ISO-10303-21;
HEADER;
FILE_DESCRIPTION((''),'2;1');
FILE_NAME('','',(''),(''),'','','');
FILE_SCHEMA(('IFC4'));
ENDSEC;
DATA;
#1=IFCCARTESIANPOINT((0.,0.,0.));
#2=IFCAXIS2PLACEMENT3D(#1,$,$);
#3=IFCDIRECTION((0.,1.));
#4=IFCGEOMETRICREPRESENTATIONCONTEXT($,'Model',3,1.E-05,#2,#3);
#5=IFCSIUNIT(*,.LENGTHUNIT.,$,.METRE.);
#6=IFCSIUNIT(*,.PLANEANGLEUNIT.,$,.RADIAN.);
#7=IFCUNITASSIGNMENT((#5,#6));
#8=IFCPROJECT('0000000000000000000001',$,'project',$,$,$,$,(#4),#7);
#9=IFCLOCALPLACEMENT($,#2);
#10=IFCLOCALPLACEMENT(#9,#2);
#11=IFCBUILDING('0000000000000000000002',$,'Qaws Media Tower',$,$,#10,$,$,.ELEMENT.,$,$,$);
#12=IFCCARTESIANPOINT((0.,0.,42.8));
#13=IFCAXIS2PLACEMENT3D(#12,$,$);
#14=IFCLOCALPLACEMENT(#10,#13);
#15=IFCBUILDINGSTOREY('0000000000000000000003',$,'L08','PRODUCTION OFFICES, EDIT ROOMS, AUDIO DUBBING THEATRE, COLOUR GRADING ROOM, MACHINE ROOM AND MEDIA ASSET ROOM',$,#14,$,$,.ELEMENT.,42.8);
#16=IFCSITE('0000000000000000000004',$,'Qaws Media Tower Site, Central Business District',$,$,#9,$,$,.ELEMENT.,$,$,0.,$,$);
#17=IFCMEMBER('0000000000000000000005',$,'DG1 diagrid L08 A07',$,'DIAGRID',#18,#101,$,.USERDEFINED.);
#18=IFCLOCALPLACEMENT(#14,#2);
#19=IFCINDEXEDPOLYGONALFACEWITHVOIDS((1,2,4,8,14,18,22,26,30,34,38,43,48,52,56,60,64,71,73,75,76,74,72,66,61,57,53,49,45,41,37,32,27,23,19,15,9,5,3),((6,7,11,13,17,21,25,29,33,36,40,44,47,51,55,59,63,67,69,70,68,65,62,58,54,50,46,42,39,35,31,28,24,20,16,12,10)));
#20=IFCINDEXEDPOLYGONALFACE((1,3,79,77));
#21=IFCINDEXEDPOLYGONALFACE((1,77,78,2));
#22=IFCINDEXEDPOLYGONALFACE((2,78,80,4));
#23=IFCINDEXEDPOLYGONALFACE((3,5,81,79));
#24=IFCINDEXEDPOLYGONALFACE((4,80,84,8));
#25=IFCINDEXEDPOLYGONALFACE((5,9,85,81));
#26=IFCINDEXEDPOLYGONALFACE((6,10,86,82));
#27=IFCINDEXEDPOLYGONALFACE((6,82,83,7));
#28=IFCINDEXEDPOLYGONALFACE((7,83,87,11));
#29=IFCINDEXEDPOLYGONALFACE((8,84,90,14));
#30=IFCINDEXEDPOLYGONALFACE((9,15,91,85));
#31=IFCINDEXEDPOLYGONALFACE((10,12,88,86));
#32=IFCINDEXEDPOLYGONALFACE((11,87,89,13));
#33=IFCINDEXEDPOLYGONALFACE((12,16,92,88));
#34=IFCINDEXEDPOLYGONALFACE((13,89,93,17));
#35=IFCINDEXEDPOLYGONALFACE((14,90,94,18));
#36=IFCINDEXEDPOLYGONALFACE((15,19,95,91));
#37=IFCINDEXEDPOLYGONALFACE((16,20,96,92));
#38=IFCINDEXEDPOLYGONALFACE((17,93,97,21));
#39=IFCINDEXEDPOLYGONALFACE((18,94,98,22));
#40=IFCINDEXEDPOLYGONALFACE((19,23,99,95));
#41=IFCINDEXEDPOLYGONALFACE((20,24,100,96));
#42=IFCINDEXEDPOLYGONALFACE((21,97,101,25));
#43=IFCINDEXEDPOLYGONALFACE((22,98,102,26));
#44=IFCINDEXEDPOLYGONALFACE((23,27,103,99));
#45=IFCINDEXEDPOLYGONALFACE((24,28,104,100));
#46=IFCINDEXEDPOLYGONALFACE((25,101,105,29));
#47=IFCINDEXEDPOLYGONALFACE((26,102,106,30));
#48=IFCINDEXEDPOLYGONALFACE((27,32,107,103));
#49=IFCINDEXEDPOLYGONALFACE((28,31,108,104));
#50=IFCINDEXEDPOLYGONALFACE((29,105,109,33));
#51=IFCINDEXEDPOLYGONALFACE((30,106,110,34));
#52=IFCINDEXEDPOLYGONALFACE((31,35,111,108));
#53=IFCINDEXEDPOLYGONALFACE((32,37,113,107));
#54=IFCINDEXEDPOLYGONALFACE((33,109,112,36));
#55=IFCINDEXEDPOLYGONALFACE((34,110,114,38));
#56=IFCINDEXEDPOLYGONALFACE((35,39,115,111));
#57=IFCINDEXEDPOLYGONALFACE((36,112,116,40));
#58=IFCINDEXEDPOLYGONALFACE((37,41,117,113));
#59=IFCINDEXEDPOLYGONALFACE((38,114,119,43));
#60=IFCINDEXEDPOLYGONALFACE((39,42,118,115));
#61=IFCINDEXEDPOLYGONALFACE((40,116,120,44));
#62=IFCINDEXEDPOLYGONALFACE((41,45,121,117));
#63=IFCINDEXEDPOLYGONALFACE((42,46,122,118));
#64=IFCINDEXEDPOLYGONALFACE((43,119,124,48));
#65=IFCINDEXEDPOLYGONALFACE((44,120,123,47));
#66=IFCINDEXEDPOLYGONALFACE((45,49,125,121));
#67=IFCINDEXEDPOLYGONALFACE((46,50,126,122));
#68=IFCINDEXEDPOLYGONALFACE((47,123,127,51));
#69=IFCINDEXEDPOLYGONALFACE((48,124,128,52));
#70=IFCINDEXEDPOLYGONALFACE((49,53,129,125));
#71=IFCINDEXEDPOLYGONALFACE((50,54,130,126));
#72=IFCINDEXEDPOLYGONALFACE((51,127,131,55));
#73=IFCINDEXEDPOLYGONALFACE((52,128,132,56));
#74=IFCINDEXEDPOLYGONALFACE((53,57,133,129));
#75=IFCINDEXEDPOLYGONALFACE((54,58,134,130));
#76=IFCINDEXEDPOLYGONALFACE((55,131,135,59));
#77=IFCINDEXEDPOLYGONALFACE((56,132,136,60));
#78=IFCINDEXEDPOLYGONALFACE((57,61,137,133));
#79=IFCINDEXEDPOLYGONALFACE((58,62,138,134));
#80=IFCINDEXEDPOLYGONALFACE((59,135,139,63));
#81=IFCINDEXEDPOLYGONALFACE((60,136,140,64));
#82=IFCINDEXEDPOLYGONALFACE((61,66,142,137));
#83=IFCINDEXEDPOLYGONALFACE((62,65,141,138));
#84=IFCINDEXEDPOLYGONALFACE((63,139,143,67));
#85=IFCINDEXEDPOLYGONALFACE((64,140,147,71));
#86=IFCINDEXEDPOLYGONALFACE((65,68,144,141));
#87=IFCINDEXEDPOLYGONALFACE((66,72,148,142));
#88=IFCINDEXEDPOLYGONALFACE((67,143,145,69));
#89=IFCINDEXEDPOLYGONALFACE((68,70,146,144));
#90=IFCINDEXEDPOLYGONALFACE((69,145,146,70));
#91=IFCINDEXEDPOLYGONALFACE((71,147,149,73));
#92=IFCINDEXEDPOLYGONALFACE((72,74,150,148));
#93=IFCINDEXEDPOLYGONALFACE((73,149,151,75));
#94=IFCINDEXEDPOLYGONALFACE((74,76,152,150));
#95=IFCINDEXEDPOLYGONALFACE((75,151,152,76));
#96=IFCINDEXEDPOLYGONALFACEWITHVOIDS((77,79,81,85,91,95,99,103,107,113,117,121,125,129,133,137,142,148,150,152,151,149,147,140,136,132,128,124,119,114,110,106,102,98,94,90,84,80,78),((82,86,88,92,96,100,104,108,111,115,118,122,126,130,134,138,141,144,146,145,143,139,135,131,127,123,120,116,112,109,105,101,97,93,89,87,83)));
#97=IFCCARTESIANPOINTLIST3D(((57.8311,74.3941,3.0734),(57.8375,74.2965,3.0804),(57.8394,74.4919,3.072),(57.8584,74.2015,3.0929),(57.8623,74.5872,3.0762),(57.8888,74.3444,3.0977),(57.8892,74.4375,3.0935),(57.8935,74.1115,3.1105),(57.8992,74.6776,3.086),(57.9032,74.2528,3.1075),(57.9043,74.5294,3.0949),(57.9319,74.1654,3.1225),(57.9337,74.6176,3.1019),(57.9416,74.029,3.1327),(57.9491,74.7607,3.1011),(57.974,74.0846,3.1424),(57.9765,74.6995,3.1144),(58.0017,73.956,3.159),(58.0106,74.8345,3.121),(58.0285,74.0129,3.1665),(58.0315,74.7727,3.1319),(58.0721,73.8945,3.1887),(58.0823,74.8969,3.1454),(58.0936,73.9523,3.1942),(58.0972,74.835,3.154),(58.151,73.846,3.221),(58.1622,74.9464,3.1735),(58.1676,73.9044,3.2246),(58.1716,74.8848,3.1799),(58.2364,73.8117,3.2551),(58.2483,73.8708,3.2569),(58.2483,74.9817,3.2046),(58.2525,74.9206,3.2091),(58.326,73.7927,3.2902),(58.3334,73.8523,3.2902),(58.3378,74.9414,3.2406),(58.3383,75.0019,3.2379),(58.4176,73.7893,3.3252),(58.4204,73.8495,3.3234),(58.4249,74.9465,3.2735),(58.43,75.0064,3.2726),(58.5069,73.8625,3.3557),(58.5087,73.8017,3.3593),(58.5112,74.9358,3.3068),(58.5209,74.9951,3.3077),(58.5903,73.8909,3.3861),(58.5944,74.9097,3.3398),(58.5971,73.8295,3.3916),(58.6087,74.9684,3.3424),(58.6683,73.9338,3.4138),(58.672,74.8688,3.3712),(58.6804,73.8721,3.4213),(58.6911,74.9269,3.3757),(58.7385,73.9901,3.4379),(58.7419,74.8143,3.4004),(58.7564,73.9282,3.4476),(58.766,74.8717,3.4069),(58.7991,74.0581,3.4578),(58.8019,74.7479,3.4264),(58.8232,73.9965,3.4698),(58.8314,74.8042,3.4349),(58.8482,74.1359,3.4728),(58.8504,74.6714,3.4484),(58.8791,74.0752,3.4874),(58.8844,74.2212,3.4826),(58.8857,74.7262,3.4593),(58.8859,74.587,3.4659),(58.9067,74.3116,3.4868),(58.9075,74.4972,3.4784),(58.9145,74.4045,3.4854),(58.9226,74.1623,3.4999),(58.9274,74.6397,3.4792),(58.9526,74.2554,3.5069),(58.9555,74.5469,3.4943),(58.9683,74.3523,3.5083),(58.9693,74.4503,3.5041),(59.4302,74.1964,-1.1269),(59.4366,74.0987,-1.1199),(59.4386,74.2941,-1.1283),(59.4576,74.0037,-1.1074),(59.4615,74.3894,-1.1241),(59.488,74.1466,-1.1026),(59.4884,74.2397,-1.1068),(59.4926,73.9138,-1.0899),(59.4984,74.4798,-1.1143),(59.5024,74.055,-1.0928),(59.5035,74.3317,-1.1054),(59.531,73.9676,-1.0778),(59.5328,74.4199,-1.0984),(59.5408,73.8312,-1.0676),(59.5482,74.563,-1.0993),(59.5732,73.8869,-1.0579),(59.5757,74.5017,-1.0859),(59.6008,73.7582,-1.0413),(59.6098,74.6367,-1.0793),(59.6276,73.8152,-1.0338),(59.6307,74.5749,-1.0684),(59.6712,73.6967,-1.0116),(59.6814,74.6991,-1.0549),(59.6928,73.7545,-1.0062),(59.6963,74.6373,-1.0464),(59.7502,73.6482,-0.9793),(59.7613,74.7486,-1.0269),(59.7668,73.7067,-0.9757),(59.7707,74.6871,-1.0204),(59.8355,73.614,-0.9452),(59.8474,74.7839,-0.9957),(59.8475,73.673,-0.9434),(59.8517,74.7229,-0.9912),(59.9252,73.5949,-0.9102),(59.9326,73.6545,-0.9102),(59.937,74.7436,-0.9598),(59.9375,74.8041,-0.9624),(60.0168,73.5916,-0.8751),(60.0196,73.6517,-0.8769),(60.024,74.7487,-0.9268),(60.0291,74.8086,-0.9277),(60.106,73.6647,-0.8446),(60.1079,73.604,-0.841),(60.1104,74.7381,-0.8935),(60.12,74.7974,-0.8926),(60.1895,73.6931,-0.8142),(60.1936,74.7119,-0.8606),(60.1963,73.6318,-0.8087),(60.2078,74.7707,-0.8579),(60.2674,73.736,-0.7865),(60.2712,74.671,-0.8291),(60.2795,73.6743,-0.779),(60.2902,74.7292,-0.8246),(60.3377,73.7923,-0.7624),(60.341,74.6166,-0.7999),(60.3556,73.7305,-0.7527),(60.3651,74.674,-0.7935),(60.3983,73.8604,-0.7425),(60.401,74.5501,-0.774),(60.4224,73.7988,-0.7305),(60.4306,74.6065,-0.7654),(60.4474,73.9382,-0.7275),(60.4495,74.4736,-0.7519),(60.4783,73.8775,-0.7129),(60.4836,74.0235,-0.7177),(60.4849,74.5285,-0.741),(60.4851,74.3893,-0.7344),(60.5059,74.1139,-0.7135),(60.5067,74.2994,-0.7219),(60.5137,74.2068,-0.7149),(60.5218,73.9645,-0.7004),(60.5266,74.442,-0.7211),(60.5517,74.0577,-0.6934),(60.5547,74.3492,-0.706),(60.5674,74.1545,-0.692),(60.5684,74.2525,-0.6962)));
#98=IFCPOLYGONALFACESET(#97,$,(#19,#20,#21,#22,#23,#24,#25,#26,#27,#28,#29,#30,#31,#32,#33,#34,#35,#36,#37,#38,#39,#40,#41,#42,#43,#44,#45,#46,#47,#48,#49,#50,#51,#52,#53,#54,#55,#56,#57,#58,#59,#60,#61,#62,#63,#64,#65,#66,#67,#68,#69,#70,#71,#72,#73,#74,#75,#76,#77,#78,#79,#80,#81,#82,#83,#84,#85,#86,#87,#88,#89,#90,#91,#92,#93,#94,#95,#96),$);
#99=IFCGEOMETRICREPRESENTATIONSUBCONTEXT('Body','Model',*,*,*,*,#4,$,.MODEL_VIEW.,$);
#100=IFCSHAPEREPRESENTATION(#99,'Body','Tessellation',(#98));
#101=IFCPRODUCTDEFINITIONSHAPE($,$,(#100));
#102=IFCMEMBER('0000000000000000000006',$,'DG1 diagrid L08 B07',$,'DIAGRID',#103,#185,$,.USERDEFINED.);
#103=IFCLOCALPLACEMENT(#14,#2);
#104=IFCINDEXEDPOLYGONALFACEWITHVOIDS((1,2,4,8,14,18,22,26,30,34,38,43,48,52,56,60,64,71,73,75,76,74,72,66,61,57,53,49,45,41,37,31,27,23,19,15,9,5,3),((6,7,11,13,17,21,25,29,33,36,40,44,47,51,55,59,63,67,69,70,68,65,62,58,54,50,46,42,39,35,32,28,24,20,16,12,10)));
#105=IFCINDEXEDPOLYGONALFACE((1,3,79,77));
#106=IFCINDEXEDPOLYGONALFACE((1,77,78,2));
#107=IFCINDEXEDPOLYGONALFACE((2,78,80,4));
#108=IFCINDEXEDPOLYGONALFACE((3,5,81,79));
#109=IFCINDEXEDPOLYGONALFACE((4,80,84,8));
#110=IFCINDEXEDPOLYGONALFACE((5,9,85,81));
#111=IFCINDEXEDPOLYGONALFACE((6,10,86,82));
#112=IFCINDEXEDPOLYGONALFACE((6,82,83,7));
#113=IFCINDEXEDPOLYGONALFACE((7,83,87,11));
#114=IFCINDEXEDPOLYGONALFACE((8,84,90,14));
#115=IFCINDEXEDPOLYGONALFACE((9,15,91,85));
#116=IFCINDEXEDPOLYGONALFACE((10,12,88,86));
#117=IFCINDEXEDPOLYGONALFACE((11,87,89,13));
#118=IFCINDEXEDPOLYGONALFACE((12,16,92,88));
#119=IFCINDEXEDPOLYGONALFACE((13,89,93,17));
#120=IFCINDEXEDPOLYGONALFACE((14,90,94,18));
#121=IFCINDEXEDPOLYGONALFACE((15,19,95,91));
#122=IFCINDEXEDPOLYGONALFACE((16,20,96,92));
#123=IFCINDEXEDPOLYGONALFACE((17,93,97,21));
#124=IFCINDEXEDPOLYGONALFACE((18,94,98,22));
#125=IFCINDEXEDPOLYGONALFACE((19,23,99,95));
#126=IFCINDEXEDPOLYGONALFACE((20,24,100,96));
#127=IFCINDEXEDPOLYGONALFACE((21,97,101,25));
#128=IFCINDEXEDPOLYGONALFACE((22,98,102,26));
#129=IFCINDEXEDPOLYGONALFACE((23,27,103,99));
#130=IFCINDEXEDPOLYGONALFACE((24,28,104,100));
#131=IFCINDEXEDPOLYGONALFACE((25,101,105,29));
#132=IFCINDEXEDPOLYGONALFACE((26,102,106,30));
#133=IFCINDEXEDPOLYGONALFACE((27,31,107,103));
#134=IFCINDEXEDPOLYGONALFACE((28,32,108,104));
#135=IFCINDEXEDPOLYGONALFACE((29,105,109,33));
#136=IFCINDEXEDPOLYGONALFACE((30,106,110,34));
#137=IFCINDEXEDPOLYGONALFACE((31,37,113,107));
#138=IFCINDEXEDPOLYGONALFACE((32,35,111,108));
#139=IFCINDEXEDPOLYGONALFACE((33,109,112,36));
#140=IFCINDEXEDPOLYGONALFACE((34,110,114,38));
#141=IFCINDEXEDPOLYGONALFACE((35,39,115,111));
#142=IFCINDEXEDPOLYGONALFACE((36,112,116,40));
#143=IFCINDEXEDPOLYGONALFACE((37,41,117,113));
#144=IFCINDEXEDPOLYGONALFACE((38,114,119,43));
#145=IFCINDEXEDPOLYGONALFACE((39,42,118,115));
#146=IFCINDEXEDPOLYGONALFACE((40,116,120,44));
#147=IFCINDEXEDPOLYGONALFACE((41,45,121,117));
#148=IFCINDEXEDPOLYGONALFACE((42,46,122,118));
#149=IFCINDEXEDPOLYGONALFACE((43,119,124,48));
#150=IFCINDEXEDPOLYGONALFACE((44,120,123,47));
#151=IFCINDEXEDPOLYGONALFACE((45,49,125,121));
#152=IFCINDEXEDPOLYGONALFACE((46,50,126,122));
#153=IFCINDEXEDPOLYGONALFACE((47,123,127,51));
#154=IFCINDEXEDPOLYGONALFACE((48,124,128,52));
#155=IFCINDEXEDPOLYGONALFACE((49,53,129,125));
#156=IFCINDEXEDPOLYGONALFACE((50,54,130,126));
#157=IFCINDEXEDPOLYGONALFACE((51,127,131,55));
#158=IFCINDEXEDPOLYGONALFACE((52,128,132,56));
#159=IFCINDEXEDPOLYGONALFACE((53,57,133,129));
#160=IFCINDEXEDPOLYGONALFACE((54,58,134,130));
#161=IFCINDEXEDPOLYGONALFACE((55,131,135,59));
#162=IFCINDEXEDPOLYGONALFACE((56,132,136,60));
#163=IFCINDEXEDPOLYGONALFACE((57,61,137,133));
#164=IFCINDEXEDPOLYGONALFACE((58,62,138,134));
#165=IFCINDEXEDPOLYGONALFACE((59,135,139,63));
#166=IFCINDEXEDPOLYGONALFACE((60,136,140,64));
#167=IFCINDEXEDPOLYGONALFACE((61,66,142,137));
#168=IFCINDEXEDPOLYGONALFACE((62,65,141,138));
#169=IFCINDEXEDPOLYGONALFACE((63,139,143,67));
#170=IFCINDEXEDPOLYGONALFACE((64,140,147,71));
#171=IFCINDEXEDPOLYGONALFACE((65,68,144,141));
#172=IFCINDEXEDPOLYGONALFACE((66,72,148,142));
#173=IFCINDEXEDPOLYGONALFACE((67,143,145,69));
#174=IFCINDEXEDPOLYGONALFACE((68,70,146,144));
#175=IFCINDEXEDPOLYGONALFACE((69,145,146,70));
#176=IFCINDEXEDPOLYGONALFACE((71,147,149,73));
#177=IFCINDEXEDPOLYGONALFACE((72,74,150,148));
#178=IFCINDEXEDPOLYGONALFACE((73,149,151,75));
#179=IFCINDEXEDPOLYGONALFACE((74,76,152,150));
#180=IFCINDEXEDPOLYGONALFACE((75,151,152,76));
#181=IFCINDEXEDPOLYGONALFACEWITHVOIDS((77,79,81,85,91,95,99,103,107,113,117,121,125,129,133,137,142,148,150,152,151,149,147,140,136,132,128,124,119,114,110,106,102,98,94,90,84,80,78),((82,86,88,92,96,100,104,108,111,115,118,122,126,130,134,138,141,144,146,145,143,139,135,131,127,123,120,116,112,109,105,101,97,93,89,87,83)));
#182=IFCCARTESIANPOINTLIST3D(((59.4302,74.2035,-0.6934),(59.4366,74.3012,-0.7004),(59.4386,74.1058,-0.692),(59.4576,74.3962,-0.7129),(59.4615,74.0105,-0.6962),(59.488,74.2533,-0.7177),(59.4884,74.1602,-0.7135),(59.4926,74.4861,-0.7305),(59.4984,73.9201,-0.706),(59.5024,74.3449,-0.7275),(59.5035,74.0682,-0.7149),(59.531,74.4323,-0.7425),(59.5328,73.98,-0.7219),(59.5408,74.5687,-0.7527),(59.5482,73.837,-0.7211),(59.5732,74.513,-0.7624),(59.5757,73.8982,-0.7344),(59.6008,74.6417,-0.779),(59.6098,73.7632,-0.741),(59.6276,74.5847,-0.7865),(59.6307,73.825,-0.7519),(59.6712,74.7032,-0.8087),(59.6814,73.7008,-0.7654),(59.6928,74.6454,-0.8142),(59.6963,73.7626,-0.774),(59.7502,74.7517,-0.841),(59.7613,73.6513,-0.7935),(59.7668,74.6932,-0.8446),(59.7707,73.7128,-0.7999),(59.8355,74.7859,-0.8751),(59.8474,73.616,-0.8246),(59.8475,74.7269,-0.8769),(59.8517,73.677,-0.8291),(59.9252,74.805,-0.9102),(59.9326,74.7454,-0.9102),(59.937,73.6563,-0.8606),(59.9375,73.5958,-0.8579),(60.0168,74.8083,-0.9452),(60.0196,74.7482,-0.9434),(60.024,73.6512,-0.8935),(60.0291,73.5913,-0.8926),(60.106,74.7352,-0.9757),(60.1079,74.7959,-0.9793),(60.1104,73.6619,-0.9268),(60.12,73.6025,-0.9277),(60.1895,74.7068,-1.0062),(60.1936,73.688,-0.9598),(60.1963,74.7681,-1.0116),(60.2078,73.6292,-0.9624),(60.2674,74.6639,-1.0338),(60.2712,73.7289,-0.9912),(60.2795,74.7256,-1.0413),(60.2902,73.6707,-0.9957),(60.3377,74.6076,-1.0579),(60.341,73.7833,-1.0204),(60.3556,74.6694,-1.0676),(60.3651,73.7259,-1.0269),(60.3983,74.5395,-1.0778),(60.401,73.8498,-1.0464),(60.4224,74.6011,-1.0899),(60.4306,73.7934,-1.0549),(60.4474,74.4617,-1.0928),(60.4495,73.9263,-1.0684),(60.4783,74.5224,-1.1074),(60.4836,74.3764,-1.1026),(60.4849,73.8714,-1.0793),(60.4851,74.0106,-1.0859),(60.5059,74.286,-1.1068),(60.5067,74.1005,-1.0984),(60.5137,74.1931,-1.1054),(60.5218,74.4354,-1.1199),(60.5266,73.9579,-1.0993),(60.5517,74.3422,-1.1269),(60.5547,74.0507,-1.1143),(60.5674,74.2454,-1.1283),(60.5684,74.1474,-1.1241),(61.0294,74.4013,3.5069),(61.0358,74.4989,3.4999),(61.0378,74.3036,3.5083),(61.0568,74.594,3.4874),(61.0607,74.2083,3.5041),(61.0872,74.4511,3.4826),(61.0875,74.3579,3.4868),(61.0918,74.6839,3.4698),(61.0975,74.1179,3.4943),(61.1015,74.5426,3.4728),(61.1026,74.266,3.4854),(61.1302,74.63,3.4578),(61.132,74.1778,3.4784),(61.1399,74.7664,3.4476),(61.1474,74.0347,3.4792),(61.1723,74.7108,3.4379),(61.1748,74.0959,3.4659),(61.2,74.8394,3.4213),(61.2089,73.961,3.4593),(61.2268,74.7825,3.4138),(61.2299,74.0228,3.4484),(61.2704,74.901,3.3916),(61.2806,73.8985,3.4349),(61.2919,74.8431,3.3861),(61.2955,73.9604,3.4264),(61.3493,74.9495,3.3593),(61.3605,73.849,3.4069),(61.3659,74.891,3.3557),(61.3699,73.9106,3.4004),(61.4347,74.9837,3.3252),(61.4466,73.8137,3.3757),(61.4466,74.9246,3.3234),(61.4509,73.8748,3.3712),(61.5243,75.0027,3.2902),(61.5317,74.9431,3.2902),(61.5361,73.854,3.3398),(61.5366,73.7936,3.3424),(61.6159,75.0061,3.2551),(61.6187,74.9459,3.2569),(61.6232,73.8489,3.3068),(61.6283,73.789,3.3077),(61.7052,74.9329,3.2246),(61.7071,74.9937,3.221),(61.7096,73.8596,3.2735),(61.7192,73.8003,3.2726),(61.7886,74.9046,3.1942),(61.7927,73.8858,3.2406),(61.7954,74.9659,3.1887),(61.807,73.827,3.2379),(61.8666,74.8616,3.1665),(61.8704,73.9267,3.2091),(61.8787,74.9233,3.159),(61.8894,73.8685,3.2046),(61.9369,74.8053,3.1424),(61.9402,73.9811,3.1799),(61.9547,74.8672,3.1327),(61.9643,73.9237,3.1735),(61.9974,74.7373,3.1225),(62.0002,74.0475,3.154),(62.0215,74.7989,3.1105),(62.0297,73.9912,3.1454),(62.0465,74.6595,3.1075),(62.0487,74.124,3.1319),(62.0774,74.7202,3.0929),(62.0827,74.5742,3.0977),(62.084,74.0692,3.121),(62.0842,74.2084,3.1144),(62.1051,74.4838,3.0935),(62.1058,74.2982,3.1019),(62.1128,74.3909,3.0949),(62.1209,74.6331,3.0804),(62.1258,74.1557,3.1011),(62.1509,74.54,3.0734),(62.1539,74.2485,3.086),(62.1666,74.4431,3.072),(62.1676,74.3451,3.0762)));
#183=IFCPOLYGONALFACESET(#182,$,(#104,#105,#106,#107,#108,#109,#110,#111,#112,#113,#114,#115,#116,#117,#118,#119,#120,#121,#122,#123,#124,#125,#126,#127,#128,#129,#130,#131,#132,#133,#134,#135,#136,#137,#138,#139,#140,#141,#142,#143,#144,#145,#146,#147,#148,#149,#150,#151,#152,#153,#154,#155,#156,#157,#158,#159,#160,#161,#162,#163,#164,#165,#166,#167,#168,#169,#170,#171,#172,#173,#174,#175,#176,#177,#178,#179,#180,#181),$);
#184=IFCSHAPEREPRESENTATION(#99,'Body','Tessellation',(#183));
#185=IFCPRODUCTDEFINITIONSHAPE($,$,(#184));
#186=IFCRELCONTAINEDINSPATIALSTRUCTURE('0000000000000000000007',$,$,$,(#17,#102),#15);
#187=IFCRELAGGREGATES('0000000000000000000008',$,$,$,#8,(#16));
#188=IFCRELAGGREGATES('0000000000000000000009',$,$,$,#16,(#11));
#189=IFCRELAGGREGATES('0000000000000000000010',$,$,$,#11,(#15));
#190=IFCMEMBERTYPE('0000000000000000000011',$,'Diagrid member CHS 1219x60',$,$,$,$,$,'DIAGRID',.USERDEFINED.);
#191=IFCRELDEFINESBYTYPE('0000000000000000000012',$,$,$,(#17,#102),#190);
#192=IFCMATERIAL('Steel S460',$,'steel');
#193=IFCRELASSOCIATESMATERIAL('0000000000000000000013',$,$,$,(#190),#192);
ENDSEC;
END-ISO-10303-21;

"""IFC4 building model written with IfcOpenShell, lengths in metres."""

from ifc_helpers import new_model, si_unit, direction, frame, origin, origin_2d, place, context, subcontext, project, spatial, hollow_circle, extrude, material, material_profile, profile_set, type_object, element, save


model = new_model("IFC4")

# Units and contexts
model_context = context("Model", 3, precision=1e-05, world=origin(), true_north=direction((0.0, 1.0)))
body_context = subcontext(model_context, "Body", "Model", "MODEL_VIEW")
ifc_project = project(units=[si_unit("LENGTHUNIT", "METRE"), si_unit("PLANEANGLEUNIT", "RADIAN")], contexts=[model_context])

# Site, building, storey
site_placement = place(None, origin())
site = spatial("IfcSite", under=ifc_project, at=site_placement, Name="Qaws Media Tower Site, Central Business District", CompositionType="ELEMENT", RefElevation=0.0)
building_placement = place(site_placement, origin())
building = spatial("IfcBuilding", under=site, at=building_placement, Name="Qaws Media Tower", CompositionType="ELEMENT")
storey_placement = place(building_placement, frame((0.0, 0.0, 42.8)))
storey = spatial("IfcBuildingStorey", under=building, at=storey_placement, Name="L08", Description="PRODUCTION OFFICES, EDIT ROOMS, AUDIO DUBBING THEATRE, COLOUR GRADING ROOM, MACHINE ROOM AND MEDIA ASSET ROOM", CompositionType="ELEMENT", Elevation=42.8)

# Members
ifc_material_1 = material(Name="Steel S460", Category="steel")
ifc_material_profile_1 = material_profile(ifc_material_1, hollow_circle(Radius=0.6096, WallThickness=0.0601, at=origin_2d()), Name="CHS 1219x60")
ifc_profile_set_1 = profile_set([ifc_material_profile_1], Name="Steel S460")
member_type_1 = type_object("IfcMemberType", Name="Diagrid member CHS 1219x60", ElementType="DIAGRID", PredefinedType="USERDEFINED", material=ifc_profile_set_1)
for number, where, z_axis, x_axis, name in (
    (1, (60.0, 74.2, -0.9102), (-0.355466, 0.043958, 0.933655), (-0.122729, -0.99244, 0.0), "DG1 diagrid L08 A07"),
    (2, (60.0, 74.2, -0.9102), (0.355466, 0.043958, 0.933655), (-0.122729, 0.99244, 0.0), "DG1 diagrid L08 B07"),
):
    element("IfcMember", number, at=place(storey_placement, frame(where, z_axis=z_axis, x_axis=x_axis)), inside=storey, type_object=member_type_1, Name=name, ObjectType="DIAGRID", PredefinedType="USERDEFINED", context=body_context, shape_type="SweptSolid", body=[
        extrude(hollow_circle(Radius=0.6096, WallThickness=0.0601, at=origin_2d()), origin(), (0.0, 0.0, 1.0), 4.4988),
    ])

save(model, "model.ifc")
